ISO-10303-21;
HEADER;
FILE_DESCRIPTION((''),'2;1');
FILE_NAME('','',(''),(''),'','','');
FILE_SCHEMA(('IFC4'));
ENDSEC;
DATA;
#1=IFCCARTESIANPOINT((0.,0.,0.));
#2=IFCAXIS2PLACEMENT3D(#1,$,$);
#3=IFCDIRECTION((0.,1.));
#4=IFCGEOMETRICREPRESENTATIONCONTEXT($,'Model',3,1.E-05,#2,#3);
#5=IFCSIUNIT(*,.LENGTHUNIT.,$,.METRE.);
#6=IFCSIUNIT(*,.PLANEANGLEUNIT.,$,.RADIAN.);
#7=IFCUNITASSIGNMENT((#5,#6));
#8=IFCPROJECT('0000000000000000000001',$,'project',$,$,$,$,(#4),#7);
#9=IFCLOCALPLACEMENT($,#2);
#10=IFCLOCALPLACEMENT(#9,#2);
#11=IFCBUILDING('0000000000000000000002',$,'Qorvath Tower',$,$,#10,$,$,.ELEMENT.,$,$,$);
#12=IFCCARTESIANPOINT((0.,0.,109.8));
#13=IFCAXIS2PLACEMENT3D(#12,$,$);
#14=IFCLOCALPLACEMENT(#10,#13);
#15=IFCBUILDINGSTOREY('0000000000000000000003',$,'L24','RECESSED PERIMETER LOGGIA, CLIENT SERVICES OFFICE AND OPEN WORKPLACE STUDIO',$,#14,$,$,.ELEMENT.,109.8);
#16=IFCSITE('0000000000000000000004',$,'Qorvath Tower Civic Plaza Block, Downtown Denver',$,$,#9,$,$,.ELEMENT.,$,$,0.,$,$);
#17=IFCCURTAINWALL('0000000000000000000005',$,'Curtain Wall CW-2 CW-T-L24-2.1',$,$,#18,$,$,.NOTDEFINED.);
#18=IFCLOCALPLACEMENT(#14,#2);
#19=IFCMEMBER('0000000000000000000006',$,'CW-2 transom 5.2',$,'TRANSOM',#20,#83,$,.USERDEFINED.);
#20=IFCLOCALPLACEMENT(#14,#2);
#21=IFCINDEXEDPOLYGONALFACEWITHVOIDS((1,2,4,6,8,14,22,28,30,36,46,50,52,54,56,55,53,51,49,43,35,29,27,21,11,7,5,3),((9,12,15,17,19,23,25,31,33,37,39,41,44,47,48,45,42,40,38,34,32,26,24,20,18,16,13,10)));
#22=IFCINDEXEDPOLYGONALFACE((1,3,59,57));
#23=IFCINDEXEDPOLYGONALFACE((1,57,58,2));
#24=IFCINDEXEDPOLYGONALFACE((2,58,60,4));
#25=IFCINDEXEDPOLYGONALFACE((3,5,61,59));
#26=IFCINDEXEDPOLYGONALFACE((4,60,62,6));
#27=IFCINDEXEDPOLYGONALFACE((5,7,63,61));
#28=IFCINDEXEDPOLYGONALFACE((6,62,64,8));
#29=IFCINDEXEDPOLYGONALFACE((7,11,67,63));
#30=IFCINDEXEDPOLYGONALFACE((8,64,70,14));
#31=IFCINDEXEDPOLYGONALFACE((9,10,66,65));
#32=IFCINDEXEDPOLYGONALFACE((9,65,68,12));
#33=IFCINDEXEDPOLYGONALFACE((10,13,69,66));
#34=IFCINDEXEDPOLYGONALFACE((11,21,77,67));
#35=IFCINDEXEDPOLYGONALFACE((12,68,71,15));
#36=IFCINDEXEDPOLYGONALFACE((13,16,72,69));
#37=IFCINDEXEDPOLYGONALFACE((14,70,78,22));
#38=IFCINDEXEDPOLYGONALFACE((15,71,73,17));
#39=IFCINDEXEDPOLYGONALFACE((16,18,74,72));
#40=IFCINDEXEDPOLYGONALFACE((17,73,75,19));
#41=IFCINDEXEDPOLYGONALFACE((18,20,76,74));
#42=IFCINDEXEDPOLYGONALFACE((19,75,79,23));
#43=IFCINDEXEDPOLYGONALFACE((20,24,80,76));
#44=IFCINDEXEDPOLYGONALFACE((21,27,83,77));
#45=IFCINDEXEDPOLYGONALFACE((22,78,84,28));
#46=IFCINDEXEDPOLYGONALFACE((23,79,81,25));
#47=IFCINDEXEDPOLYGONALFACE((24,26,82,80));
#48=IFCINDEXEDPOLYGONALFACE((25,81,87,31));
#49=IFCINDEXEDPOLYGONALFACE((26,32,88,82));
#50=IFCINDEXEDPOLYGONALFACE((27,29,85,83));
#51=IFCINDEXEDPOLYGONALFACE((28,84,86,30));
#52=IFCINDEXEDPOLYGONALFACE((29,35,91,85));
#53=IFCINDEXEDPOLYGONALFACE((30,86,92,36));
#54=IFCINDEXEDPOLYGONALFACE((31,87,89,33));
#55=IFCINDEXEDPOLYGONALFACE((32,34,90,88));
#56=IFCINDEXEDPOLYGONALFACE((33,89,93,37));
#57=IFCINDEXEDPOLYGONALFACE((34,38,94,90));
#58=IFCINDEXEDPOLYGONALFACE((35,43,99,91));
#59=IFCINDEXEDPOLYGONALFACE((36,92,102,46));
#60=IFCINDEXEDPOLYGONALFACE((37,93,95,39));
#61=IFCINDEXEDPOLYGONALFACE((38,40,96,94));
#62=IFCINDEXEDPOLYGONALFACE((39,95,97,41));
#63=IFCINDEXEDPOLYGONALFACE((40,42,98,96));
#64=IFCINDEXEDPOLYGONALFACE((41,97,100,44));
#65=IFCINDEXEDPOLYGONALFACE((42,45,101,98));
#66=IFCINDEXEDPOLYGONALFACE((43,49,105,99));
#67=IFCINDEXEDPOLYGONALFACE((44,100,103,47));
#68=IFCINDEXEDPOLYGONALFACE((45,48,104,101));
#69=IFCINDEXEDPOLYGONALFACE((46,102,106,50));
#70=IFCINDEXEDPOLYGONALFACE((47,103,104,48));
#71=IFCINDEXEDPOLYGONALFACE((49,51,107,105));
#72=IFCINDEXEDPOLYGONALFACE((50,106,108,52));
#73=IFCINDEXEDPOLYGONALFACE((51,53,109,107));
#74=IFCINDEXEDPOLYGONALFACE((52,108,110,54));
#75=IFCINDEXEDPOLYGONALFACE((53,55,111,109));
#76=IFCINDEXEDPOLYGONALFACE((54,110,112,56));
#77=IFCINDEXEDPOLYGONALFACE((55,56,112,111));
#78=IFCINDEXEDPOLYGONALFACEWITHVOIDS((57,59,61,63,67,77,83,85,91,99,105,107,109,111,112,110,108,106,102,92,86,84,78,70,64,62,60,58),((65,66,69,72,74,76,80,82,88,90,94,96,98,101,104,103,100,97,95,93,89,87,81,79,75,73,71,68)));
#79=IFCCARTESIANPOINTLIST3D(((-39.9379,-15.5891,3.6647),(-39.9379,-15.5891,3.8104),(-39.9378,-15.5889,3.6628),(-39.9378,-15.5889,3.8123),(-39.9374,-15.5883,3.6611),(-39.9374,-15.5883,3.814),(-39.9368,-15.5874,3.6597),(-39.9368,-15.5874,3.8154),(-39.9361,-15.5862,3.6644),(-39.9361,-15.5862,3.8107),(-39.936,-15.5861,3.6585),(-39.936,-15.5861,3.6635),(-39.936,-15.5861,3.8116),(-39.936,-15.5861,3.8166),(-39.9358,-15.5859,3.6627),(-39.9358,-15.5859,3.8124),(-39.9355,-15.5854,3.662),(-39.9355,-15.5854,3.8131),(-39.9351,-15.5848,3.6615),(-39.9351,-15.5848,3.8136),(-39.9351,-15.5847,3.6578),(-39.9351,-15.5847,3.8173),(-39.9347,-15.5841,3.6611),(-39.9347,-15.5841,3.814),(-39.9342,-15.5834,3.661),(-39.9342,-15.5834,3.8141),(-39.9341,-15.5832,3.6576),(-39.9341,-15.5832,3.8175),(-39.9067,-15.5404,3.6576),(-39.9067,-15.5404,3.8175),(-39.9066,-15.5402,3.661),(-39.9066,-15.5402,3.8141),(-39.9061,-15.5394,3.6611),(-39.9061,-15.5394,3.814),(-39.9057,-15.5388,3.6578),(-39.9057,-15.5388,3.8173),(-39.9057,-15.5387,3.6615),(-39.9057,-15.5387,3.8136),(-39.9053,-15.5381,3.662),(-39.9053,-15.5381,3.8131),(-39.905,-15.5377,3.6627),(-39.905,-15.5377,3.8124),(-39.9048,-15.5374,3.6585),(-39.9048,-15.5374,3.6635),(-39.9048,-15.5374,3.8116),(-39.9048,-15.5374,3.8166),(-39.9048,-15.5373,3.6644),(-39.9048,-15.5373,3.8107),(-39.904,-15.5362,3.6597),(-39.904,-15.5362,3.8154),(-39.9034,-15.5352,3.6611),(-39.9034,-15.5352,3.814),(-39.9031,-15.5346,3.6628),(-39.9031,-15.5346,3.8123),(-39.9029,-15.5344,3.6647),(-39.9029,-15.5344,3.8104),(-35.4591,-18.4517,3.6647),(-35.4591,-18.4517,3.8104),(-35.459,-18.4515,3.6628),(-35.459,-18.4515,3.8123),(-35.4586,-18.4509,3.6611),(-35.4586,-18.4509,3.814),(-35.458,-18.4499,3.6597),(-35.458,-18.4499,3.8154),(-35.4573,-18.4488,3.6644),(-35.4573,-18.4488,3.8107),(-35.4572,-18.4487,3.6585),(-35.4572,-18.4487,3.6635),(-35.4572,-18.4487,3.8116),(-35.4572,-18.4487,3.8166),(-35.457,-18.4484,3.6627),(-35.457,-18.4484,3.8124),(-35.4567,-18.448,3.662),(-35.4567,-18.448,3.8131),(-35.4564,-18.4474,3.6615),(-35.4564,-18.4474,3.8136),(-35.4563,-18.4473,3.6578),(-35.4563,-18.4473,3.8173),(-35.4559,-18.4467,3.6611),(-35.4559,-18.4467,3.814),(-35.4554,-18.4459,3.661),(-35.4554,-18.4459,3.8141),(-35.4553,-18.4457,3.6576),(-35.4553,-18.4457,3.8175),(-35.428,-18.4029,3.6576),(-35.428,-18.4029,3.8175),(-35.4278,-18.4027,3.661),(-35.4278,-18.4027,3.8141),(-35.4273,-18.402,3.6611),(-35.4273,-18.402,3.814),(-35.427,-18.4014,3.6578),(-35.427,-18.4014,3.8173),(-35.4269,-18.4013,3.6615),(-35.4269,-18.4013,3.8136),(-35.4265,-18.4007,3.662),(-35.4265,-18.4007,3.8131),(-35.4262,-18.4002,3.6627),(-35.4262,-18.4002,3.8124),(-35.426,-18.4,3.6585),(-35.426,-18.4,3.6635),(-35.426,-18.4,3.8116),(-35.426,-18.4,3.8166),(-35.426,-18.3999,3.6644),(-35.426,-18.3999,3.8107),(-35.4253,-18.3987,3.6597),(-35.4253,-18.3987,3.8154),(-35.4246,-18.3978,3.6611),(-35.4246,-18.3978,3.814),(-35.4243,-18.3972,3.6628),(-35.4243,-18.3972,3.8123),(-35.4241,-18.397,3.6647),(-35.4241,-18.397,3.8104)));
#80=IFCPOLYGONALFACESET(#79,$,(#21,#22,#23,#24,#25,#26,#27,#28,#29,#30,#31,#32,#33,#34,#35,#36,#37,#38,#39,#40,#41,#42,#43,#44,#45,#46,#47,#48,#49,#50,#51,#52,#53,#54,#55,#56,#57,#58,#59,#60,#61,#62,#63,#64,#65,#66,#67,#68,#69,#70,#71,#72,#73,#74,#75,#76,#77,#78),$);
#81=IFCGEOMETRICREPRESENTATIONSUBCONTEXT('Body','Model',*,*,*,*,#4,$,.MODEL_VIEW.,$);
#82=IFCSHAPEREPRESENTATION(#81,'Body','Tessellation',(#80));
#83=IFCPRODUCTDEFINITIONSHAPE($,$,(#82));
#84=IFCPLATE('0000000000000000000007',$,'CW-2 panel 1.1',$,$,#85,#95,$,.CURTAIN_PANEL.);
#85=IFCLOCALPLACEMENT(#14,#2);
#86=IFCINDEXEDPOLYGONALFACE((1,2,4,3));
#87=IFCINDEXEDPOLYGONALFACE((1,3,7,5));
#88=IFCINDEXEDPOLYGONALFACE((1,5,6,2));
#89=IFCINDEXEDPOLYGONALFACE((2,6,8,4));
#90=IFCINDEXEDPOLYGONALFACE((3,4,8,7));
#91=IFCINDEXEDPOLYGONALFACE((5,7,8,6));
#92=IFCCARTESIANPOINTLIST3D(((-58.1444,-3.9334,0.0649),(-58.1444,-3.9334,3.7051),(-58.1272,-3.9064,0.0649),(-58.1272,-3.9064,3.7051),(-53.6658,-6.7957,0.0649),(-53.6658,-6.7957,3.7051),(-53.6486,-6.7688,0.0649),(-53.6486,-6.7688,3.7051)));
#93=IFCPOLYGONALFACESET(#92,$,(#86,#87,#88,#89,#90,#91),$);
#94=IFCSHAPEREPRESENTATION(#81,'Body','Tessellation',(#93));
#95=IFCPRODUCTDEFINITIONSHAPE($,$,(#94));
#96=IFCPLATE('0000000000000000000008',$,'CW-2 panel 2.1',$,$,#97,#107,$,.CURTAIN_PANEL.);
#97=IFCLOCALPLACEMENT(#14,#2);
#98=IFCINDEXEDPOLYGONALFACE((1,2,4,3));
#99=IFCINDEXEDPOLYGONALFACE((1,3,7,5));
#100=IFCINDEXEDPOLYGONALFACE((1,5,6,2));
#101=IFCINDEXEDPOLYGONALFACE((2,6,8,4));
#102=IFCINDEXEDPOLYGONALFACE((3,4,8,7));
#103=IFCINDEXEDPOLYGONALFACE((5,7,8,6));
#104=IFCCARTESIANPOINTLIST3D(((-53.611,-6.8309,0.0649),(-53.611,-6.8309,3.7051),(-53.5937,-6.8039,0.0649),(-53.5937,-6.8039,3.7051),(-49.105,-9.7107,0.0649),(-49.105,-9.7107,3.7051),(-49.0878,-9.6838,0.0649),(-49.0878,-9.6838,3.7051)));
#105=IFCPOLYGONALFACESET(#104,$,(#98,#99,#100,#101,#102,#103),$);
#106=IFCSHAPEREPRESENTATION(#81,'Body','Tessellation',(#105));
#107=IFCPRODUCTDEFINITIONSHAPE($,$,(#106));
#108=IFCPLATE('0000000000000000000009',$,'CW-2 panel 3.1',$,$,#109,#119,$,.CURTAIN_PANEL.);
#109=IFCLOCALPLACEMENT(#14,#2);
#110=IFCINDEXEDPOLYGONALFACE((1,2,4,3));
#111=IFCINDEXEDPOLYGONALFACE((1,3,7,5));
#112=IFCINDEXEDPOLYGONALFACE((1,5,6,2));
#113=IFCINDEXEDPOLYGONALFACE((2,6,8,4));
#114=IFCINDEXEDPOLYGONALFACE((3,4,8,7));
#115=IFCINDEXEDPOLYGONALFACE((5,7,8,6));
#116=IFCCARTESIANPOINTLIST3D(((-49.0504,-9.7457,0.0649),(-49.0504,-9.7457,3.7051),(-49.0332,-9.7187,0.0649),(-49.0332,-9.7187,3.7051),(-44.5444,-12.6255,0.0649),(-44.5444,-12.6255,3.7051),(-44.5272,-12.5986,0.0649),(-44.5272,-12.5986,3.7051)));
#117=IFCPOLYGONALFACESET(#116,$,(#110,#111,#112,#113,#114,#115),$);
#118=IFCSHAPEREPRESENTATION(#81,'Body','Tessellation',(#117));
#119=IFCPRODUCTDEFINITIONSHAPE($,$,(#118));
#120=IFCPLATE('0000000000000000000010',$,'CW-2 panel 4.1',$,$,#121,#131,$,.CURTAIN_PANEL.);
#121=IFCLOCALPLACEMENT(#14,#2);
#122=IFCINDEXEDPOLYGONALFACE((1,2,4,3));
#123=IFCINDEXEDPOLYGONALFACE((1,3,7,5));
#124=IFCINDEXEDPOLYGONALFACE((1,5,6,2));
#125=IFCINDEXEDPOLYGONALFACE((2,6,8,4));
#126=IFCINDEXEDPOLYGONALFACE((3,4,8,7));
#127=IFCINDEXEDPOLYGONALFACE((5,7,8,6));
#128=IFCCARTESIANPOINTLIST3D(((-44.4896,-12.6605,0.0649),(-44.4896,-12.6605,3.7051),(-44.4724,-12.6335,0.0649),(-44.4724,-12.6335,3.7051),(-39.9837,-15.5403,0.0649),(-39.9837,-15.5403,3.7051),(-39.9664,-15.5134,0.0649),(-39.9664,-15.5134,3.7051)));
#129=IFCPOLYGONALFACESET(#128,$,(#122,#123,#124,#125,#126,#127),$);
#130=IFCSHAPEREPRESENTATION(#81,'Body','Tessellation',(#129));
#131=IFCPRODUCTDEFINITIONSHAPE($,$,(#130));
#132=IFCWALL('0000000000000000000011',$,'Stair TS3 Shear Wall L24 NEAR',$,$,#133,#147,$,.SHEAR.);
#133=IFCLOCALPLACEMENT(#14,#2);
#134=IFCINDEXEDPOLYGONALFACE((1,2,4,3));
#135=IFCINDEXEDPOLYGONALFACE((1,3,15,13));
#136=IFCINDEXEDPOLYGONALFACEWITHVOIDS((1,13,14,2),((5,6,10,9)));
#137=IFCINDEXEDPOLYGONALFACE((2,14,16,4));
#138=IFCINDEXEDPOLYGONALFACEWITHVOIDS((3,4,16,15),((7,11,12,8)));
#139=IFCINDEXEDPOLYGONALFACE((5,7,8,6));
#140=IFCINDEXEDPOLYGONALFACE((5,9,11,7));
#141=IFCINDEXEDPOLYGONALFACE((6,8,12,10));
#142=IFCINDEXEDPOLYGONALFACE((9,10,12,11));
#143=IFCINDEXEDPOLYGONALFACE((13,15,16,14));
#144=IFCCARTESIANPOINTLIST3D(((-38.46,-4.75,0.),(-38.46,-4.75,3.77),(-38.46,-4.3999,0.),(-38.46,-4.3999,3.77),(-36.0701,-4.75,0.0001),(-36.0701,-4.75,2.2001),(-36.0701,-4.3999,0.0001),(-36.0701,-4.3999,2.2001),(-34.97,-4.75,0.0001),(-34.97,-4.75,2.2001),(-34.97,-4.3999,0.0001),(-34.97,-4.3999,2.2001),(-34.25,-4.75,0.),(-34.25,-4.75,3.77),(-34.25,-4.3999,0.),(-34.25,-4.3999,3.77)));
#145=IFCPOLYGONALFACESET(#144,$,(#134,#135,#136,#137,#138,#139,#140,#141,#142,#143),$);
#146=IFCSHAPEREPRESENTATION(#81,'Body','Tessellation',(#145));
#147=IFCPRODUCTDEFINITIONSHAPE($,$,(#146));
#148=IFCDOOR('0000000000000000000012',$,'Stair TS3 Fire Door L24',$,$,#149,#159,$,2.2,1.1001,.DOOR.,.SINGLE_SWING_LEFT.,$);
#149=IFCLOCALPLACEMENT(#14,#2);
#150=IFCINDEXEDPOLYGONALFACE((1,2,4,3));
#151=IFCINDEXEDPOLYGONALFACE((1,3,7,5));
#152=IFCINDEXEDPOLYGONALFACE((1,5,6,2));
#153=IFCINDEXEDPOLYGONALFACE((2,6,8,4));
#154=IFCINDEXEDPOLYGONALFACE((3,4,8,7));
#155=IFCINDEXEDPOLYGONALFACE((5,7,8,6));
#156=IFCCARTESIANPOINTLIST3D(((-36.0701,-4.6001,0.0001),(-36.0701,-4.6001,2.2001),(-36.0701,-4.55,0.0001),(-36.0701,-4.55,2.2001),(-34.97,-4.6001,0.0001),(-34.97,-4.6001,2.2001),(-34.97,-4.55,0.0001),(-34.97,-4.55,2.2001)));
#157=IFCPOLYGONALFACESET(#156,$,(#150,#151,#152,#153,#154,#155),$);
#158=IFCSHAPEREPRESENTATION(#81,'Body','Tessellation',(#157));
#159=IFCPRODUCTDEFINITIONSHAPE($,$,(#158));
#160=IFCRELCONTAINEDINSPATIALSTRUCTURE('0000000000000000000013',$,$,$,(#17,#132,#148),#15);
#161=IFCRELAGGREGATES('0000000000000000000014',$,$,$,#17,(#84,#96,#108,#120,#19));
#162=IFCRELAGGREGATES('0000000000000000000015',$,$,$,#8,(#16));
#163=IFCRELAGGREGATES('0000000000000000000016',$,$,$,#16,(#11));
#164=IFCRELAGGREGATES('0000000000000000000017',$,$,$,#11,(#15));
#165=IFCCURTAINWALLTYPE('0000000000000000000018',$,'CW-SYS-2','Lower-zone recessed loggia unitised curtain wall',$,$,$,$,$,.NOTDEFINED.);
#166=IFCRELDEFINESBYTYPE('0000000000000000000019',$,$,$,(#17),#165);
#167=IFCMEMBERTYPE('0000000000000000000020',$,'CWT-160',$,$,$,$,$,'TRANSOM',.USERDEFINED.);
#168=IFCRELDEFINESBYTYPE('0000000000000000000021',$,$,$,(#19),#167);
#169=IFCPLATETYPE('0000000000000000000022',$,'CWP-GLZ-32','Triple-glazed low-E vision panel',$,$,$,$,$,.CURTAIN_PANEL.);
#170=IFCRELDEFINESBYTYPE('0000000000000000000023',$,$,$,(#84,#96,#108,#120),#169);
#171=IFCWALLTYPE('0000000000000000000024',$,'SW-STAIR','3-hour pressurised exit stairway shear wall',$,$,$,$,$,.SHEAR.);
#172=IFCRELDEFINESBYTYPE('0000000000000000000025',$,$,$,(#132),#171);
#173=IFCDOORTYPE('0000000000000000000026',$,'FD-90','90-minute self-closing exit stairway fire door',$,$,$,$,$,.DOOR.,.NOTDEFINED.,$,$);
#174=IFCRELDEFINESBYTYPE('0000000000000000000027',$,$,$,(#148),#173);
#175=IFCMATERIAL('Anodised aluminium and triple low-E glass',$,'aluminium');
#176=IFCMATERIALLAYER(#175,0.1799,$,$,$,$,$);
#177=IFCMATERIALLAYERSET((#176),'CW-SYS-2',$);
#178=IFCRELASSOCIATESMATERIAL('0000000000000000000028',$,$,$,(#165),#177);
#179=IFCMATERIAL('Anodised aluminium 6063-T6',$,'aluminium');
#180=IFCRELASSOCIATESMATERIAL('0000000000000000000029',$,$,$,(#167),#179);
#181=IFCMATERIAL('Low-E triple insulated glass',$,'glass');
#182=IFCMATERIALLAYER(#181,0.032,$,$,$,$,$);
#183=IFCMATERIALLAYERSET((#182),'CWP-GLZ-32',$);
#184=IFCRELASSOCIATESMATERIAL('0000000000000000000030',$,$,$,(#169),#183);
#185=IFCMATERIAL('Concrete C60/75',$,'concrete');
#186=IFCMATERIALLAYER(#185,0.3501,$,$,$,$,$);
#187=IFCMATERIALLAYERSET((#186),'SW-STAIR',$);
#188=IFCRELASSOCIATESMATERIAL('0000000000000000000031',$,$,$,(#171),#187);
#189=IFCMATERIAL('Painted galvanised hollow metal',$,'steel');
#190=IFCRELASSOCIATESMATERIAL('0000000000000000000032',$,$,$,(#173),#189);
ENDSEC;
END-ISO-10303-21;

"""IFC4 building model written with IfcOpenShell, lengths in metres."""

from ifc_helpers import new_model, si_unit, direction, frame, frame_2d, origin, origin_2d, place, context, subcontext, project, spatial, rectangle, hollow_rectangle, extrude, material, layer, layer_set, material_profile, profile_set, type_object, element, fill, aggregate, save


model = new_model("IFC4")

# Units and contexts
model_context = context("Model", 3, precision=1e-05, world=origin(), true_north=direction((0.0, 1.0)))
body_context = subcontext(model_context, "Body", "Model", "MODEL_VIEW")
ifc_project = project(units=[si_unit("LENGTHUNIT", "METRE"), si_unit("PLANEANGLEUNIT", "RADIAN")], contexts=[model_context])

# Site, building, storey
site_placement = place(None, origin())
site = spatial("IfcSite", under=ifc_project, at=site_placement, Name="Qorvath Tower Civic Plaza Block, Downtown Denver", CompositionType="ELEMENT", RefElevation=0.0)
building_placement = place(site_placement, origin())
building = spatial("IfcBuilding", under=site, at=building_placement, Name="Qorvath Tower", CompositionType="ELEMENT")
storey_placement = place(building_placement, frame((0.0, 0.0, 109.8)))
storey = spatial("IfcBuildingStorey", under=building, at=storey_placement, Name="L24", Description="RECESSED PERIMETER LOGGIA, CLIENT SERVICES OFFICE AND OPEN WORKPLACE STUDIO", CompositionType="ELEMENT", Elevation=109.8)

# Curtain wall, member, plates
ifc_material_1 = material(Name="Anodised aluminium and triple low-E glass", Category="aluminium")
ifc_layer_1 = layer(ifc_material_1, 0.1799)
ifc_layer_set_1 = layer_set([ifc_layer_1], Name="CW-SYS-2")
curtain_wall_type = type_object("IfcCurtainWallType", Name="CW-SYS-2", Description="Lower-zone recessed loggia unitised curtain wall", PredefinedType="NOTDEFINED", material=ifc_layer_set_1)
curtain_wall_placement = place(storey_placement, origin())
curtain_wall = element("IfcCurtainWall", 1, at=curtain_wall_placement, inside=storey, type_object=curtain_wall_type, Name="Curtain Wall CW-2 CW-T-L24-2.1", PredefinedType="NOTDEFINED")
ifc_material_2 = material(Name="Anodised aluminium 6063-T6", Category="aluminium")
ifc_material_profile_1 = material_profile(ifc_material_2, hollow_rectangle(XDim=0.0649, YDim=0.1599, WallThickness=0.0034, InnerFilletRadius=0.0034, OuterFilletRadius=0.0071, at=origin_2d()), Name="CWT 160x65")
ifc_profile_set_1 = profile_set([ifc_material_profile_1], Name="Anodised aluminium 6063-T6")
member_type_1 = type_object("IfcMemberType", Name="CWT-160", ElementType="TRANSOM", PredefinedType="USERDEFINED", material=ifc_profile_set_1)
member_1_placement = place(storey_placement, frame((-39.9204, -15.5618, 3.7375), z_axis=(0.842601, -0.538539, 0.0), x_axis=(0.538539, 0.842601, 0.0)))
member_1 = element("IfcMember", 2, at=member_1_placement, type_object=member_type_1, Name="CW-2 transom 5.2", ObjectType="TRANSOM", PredefinedType="USERDEFINED", context=body_context, shape_type="SweptSolid", body=[
    extrude(hollow_rectangle(XDim=0.0649, YDim=0.1599, WallThickness=0.0034, InnerFilletRadius=0.0034, OuterFilletRadius=0.0071, at=origin_2d()), origin(), (0.0, 0.0, 1.0), 5.3154),
])
ifc_material_3 = material(Name="Low-E triple insulated glass", Category="glass")
ifc_layer_2 = layer(ifc_material_3, 0.032)
ifc_layer_set_2 = layer_set([ifc_layer_2], Name="CWP-GLZ-32")
plate_type = type_object("IfcPlateType", Name="CWP-GLZ-32", Description="Triple-glazed low-E vision panel", PredefinedType="CURTAIN_PANEL", material=ifc_layer_set_2)
plate_1_placement = place(storey_placement, frame((-55.8965, -5.3511, 0.0649), z_axis=(0.0, 0.0, 1.0), x_axis=(0.842606, -0.53853, 0.0)))
plate_1 = element("IfcPlate", 3, at=plate_1_placement, type_object=plate_type, Name="CW-2 panel 1.1", PredefinedType="CURTAIN_PANEL", context=body_context, shape_type="SweptSolid", body=[
    extrude(rectangle(XDim=5.3152, YDim=0.032, at=origin_2d()), origin(), (0.0, 0.0, 1.0), 3.6401),
])
plate_2_placement = place(storey_placement, frame((-51.3494, -8.2573, 0.0649), z_axis=(0.0, 0.0, 1.0), x_axis=(0.842606, -0.53853, 0.0)))
plate_2 = element("IfcPlate", 4, at=plate_2_placement, type_object=plate_type, Name="CW-2 panel 2.1", PredefinedType="CURTAIN_PANEL", context=body_context, shape_type="SweptSolid", body=[
    extrude(rectangle(XDim=5.3477, YDim=0.032, at=origin_2d()), origin(), (0.0, 0.0, 1.0), 3.6401),
])
plate_3_placement = place(storey_placement, frame((-46.7888, -11.1721, 0.0649), z_axis=(0.0, 0.0, 1.0), x_axis=(0.842606, -0.53853, 0.0)))
plate_3 = element("IfcPlate", 5, at=plate_3_placement, type_object=plate_type, Name="CW-2 panel 3.1", PredefinedType="CURTAIN_PANEL", context=body_context, shape_type="SweptSolid", body=[
    extrude(rectangle(XDim=5.3477, YDim=0.032, at=origin_2d()), origin(), (0.0, 0.0, 1.0), 3.6401),
])
plate_4_placement = place(storey_placement, frame((-42.228, -14.0869, 0.0649), z_axis=(0.0, 0.0, 1.0), x_axis=(0.842606, -0.53853, 0.0)))
plate_4 = element("IfcPlate", 6, at=plate_4_placement, type_object=plate_type, Name="CW-2 panel 4.1", PredefinedType="CURTAIN_PANEL", context=body_context, shape_type="SweptSolid", body=[
    extrude(rectangle(XDim=5.3477, YDim=0.032, at=origin_2d()), origin(), (0.0, 0.0, 1.0), 3.6401),
])
aggregate(curtain_wall, [plate_1, plate_2, plate_3, plate_4, member_1])

# Wall, opening, door
ifc_material_4 = material(Name="Concrete C60/75", Category="concrete")
ifc_layer_3 = layer(ifc_material_4, 0.3501)
ifc_layer_set_3 = layer_set([ifc_layer_3], Name="SW-STAIR")
wall_type_1 = type_object("IfcWallType", Name="SW-STAIR", Description="3-hour pressurised exit stairway shear wall", PredefinedType="SHEAR", material=ifc_layer_set_3)
wall_1_placement = place(storey_placement, frame((-38.46, -4.575, 0.0), z_axis=(0.0, 0.0, 1.0), x_axis=(1.0, 0.0, 0.0)))
wall_1 = element("IfcWall", 7, at=wall_1_placement, inside=storey, type_object=wall_type_1, Name="Stair TS3 Shear Wall L24 NEAR", PredefinedType="SHEAR", context=body_context, shape_type="SweptSolid", body=[
    extrude(rectangle(XDim=4.21, YDim=0.3501, at=frame_2d((2.105, 0.0))), origin(), (0.0, 0.0, 1.0), 3.77),
])
opening_1_placement = place(wall_1_placement, frame((2.3899, 0.0, 0.0)))
opening_1 = element("IfcOpeningElement", 8, at=opening_1_placement, cuts=wall_1, PredefinedType="OPENING", context=body_context, shape_type="SweptSolid", body=[
    extrude(rectangle(XDim=1.1001, YDim=2.2, at=frame_2d((0.55, 1.1001))), frame((0.0, 0.1851, 0.0), z_axis=(0.0, -1.0, 0.0), x_axis=(1.0, 0.0, 0.0)), (0.0, 0.0, 1.0), 0.3701),
])
ifc_material_5 = material(Name="Painted galvanised hollow metal", Category="steel")
door_type_1 = type_object("IfcDoorType", Name="FD-90", Description="90-minute self-closing exit stairway fire door", OperationType="NOTDEFINED", PredefinedType="DOOR", material=ifc_material_5)
door_1_placement = place(opening_1_placement, origin())
door_1 = element("IfcDoor", 9, at=door_1_placement, inside=storey, type_object=door_type_1, Name="Stair TS3 Fire Door L24", OperationType="SINGLE_SWING_LEFT", OverallHeight=2.2, OverallWidth=1.1001, PredefinedType="DOOR", context=body_context, shape_type="SweptSolid", body=[
    extrude(rectangle(XDim=1.1001, YDim=2.2, at=frame_2d((0.55, 1.1001))), frame((0.0, 0.0249, 0.0), z_axis=(0.0, -1.0, 0.0), x_axis=(1.0, 0.0, 0.0)), (0.0, 0.0, 1.0), 0.05),
])
fill(opening_1, door_1)

save(model, "model.ifc")
